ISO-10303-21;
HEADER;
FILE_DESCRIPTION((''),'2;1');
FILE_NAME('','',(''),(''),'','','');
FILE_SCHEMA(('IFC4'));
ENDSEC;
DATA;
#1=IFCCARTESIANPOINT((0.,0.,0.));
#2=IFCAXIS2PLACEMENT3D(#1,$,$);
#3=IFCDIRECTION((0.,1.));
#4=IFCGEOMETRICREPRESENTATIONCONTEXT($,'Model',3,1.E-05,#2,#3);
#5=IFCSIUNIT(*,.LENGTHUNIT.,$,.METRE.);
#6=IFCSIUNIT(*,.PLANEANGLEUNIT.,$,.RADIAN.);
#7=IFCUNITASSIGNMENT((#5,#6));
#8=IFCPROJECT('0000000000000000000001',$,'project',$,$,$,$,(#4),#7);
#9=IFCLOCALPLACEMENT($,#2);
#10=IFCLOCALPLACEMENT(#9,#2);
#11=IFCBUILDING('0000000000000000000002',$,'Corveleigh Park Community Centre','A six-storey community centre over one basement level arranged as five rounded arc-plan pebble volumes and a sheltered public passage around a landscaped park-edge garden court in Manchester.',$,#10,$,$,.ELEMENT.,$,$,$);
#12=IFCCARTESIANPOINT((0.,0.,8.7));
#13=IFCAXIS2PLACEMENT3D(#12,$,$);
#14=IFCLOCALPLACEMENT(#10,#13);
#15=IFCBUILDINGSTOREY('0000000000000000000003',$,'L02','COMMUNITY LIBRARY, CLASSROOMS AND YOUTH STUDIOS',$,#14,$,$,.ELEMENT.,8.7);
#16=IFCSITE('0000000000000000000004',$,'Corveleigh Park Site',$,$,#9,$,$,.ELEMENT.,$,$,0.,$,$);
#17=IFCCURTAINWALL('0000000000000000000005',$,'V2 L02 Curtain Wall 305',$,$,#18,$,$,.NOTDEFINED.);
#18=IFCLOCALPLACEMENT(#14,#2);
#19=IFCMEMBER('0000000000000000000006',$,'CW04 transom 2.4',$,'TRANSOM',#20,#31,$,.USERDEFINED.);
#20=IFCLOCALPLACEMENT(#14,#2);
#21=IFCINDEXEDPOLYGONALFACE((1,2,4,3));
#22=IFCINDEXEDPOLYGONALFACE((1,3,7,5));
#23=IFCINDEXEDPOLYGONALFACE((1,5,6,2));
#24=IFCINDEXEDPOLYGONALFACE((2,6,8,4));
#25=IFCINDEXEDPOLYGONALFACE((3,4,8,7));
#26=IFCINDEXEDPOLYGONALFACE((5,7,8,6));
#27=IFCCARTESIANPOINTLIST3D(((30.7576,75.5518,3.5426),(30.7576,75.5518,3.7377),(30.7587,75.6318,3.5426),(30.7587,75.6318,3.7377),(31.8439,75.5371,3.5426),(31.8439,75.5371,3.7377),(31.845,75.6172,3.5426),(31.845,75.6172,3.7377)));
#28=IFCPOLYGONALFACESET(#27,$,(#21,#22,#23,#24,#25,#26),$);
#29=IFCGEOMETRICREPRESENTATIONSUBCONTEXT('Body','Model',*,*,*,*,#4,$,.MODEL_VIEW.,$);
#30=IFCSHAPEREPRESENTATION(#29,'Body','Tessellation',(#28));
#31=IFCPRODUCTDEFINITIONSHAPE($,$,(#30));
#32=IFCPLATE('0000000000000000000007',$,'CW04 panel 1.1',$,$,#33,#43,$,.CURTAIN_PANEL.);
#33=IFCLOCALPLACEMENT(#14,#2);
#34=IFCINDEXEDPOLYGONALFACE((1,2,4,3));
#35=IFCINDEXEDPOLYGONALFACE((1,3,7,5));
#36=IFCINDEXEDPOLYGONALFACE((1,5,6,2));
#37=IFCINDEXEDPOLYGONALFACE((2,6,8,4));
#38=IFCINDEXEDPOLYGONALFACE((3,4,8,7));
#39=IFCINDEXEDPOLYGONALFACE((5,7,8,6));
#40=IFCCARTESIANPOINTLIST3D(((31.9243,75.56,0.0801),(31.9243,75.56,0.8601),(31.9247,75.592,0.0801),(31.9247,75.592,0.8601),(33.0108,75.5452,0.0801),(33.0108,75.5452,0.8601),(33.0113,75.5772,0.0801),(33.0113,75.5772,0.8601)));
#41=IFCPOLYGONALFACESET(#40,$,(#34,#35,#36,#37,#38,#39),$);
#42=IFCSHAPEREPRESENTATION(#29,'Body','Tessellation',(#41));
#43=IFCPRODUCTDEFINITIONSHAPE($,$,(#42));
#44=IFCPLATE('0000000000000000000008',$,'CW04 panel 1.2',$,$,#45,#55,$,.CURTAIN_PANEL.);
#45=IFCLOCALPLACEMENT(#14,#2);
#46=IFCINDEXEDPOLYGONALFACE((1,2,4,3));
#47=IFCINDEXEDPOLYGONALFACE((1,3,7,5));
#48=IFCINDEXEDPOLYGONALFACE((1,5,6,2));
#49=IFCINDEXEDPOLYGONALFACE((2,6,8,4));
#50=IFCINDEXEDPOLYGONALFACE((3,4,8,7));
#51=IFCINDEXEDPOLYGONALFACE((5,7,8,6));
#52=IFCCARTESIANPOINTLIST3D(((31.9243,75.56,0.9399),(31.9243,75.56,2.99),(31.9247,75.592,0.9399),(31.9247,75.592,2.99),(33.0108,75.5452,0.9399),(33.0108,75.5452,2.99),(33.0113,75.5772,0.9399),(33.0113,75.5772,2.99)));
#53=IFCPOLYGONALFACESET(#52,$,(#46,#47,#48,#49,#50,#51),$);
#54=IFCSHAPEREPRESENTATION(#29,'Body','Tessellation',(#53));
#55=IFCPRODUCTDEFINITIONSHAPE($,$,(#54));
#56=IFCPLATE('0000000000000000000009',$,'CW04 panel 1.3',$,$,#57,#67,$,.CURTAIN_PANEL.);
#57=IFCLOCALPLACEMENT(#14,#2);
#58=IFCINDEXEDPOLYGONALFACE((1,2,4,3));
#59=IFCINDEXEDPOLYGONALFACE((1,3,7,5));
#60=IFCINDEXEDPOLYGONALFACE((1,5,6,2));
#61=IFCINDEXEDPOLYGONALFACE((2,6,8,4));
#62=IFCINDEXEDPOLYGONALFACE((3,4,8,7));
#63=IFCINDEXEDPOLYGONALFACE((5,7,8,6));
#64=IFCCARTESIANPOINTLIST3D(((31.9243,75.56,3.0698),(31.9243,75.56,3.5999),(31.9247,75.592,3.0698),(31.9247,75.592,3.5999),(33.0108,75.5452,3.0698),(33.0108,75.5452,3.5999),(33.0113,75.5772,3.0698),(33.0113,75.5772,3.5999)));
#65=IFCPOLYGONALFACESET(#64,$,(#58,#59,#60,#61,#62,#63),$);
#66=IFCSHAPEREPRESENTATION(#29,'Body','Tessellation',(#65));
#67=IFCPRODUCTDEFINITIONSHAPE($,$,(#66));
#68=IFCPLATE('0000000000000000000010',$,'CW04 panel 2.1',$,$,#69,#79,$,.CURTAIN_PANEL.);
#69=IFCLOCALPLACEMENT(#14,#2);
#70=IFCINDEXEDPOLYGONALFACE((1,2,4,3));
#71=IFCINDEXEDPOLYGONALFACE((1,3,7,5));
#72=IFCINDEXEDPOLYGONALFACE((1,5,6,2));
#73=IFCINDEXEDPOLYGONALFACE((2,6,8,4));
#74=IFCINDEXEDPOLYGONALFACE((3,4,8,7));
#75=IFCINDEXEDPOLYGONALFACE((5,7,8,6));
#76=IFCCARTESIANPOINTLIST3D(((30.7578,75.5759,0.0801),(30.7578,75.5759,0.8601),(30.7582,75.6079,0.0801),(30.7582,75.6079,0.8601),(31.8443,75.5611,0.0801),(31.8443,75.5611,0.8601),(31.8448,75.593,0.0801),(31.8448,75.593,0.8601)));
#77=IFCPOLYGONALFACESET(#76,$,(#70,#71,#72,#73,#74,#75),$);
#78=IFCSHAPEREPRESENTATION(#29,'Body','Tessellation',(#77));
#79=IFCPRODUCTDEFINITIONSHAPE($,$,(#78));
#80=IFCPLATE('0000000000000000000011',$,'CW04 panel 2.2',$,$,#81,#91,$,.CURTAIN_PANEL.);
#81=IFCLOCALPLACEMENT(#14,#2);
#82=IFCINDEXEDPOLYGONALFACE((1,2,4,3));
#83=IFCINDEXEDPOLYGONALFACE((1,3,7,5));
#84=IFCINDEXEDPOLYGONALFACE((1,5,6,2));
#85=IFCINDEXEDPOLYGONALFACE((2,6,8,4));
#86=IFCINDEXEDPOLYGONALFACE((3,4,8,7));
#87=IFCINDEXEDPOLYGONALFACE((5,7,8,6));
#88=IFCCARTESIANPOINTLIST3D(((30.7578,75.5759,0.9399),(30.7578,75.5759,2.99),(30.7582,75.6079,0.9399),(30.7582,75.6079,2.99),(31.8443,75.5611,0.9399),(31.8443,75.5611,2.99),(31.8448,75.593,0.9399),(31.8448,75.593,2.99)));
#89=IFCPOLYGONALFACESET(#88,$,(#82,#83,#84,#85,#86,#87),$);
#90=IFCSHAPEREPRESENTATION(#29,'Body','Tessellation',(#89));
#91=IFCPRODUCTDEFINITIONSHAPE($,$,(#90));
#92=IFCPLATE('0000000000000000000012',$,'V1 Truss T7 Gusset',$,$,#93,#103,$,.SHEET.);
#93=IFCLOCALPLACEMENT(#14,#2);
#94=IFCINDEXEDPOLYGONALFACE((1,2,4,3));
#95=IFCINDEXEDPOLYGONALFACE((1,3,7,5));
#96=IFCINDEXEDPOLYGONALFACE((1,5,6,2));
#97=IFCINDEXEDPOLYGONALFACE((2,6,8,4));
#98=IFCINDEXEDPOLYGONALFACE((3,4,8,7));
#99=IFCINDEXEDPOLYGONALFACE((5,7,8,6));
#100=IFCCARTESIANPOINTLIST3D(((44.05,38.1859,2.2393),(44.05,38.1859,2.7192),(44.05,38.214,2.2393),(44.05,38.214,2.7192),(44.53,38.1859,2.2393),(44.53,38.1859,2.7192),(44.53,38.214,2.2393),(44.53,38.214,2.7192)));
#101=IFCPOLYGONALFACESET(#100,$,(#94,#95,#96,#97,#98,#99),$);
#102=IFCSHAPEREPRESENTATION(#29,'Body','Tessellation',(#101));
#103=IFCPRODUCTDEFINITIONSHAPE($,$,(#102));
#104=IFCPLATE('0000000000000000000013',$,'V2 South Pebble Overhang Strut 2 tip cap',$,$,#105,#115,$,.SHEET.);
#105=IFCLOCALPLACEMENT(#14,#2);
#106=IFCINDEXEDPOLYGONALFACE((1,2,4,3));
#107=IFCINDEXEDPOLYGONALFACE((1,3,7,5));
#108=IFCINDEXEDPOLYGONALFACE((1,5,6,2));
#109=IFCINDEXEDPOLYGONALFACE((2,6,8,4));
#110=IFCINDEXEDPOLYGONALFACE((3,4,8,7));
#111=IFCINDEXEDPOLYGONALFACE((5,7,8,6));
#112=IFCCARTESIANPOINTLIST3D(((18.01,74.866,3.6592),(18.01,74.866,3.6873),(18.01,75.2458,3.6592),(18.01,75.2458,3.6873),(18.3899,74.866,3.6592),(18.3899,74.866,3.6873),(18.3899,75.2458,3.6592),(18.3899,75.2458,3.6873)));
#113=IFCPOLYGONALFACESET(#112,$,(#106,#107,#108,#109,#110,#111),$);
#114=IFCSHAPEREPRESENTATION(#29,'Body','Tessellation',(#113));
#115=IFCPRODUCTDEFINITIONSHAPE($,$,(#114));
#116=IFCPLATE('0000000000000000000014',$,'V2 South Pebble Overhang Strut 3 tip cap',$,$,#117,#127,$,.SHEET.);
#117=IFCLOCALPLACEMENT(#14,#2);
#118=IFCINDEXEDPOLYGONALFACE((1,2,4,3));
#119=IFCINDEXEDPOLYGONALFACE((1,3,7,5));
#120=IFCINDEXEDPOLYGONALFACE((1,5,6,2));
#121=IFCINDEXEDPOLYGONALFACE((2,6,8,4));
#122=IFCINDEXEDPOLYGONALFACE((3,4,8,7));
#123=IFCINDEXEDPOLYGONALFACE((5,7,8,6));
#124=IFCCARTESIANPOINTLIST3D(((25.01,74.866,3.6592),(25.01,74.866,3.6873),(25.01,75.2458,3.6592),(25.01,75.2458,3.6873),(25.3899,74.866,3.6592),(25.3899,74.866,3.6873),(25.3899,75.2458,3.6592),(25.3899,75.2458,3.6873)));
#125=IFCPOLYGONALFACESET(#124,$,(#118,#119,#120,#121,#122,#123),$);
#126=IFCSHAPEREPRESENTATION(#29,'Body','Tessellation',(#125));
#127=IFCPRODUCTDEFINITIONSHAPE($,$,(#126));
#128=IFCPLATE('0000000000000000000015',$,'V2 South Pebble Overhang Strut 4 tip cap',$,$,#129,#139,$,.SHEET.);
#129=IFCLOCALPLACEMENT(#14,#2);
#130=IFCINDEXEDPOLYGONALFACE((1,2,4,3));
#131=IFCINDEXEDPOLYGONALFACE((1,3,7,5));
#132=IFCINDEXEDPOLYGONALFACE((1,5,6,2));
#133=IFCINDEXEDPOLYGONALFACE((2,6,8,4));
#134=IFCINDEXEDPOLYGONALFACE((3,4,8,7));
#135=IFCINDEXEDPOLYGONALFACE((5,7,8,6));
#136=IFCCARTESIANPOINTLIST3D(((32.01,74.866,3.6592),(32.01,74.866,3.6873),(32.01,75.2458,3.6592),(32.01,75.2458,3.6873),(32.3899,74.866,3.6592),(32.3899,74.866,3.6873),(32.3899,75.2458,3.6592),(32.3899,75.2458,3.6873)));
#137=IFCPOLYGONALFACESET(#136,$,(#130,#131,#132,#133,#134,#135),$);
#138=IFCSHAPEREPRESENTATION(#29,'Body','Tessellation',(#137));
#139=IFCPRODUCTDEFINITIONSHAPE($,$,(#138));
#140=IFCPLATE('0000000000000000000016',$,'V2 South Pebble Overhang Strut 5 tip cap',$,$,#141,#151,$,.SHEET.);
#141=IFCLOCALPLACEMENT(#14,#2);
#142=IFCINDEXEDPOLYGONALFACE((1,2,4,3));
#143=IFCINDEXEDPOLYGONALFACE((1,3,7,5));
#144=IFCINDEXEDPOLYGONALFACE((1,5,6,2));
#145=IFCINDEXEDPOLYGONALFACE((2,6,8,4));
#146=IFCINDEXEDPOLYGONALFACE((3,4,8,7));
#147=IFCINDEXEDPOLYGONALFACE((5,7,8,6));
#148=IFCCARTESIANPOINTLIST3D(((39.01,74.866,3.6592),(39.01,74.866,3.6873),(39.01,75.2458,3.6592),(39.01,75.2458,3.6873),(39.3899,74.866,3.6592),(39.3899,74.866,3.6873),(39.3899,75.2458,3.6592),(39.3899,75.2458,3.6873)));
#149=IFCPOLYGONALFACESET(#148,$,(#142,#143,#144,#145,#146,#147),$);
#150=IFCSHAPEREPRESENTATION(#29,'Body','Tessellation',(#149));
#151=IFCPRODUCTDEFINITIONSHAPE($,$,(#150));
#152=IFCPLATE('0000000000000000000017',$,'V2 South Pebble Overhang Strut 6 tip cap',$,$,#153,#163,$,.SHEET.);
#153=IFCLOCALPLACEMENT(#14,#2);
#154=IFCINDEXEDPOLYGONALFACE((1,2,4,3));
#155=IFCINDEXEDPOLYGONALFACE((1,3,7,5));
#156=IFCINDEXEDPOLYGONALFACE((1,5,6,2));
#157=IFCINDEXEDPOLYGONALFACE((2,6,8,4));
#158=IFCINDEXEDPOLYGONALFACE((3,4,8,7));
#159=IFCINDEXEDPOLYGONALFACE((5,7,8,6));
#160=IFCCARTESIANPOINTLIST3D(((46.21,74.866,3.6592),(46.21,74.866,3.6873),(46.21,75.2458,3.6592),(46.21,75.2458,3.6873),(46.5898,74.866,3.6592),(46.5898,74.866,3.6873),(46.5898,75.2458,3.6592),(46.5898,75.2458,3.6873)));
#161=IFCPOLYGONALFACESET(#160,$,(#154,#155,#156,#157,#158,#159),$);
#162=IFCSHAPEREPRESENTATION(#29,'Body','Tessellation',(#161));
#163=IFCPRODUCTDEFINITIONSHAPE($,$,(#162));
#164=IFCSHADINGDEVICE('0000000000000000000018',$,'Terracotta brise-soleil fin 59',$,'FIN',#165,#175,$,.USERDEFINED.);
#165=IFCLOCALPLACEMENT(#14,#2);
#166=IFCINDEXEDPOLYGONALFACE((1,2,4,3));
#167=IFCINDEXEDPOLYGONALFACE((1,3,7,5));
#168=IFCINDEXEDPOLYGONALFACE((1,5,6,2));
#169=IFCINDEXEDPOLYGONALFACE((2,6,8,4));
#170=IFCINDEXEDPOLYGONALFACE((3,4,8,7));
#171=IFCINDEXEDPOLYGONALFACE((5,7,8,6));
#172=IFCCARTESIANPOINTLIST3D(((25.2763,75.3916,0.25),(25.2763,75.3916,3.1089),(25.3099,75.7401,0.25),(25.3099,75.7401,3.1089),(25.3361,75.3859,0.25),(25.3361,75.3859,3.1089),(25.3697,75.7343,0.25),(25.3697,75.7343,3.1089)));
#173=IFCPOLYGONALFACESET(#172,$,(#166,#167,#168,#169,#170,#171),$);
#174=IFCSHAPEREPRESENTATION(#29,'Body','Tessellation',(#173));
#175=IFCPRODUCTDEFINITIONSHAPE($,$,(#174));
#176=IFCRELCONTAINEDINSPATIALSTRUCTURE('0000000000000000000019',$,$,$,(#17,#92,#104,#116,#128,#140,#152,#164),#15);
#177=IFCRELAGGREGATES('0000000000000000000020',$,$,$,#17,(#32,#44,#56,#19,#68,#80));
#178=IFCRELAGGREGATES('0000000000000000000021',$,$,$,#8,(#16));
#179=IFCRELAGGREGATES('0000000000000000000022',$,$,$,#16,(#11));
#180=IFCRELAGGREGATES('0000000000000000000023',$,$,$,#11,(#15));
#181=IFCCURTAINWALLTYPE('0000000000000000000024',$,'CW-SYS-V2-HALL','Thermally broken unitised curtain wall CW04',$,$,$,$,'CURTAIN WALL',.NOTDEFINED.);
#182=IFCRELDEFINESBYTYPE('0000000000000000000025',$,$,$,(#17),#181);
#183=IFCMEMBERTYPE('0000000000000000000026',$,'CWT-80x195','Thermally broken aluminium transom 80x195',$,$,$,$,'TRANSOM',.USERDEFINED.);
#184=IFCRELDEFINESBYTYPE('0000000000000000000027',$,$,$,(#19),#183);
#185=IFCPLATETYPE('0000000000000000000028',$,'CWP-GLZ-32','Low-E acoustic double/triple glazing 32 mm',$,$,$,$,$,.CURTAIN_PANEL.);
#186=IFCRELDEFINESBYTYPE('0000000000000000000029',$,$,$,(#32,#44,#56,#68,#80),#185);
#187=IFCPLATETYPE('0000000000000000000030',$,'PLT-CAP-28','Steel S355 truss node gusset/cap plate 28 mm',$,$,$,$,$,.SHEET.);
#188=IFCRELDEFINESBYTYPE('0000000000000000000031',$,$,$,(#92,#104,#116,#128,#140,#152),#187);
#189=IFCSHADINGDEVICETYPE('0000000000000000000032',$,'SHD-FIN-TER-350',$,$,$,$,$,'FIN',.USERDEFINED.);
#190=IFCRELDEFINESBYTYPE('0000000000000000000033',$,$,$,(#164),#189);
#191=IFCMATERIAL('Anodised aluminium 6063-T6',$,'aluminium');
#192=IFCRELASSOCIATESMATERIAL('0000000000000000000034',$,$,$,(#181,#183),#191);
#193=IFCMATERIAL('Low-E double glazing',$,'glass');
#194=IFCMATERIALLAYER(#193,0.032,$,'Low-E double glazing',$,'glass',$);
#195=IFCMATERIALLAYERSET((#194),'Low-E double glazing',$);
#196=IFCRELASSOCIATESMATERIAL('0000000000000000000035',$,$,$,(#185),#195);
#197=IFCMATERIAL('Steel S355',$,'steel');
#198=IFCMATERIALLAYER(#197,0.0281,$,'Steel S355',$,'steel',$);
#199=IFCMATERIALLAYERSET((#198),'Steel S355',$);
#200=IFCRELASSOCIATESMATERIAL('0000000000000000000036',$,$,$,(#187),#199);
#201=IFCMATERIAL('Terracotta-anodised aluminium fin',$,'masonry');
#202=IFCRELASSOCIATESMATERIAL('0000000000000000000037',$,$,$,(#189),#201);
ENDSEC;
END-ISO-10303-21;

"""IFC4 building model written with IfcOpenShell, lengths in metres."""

from ifc_helpers import new_model, si_unit, direction, frame, origin, origin_2d, place, context, subcontext, project, spatial, rectangle, extrude, material, layer, layer_set, material_profile, profile_set, type_object, element, aggregate, save


model = new_model("IFC4")

# Units and contexts
model_context = context("Model", 3, precision=1e-05, world=origin(), true_north=direction((0.0, 1.0)))
body_context = subcontext(model_context, "Body", "Model", "MODEL_VIEW")
ifc_project = project(units=[si_unit("LENGTHUNIT", "METRE"), si_unit("PLANEANGLEUNIT", "RADIAN")], contexts=[model_context])

# Site, building, storey
site_placement = place(None, origin())
site = spatial("IfcSite", under=ifc_project, at=site_placement, Name="Corveleigh Park Site", CompositionType="ELEMENT", RefElevation=0.0)
building_placement = place(site_placement, origin())
building = spatial("IfcBuilding", under=site, at=building_placement, Name="Corveleigh Park Community Centre", Description="A six-storey community centre over one basement level arranged as five rounded arc-plan pebble volumes and a sheltered public passage around a landscaped park-edge garden court in Manchester.", CompositionType="ELEMENT")
storey_placement = place(building_placement, frame((0.0, 0.0, 8.7)))
storey = spatial("IfcBuildingStorey", under=building, at=storey_placement, Name="L02", Description="COMMUNITY LIBRARY, CLASSROOMS AND YOUTH STUDIOS", CompositionType="ELEMENT", Elevation=8.7)

# Shared definitions
ifc_material_1 = material(Name="Anodised aluminium 6063-T6", Category="aluminium")

# Curtain wall
curtain_wall_type_1 = type_object("IfcCurtainWallType", Name="CW-SYS-V2-HALL", Description="Thermally broken unitised curtain wall CW04", ElementType="CURTAIN WALL", PredefinedType="NOTDEFINED", material=ifc_material_1)
curtain_wall_1_placement = place(storey_placement, origin())
curtain_wall_1 = element("IfcCurtainWall", 1, at=curtain_wall_1_placement, inside=storey, type_object=curtain_wall_type_1, Name="V2 L02 Curtain Wall 305", PredefinedType="NOTDEFINED")

# Member
ifc_material_profile_1 = material_profile(ifc_material_1, rectangle(XDim=0.0801, YDim=0.1951, at=origin_2d()), Name="ALU-T80x195", Category="aluminium")
ifc_profile_set_1 = profile_set([ifc_material_profile_1], Name="Anodised aluminium 6063-T6")
member_type_1 = type_object("IfcMemberType", Name="CWT-80x195", Description="Thermally broken aluminium transom 80x195", ElementType="TRANSOM", PredefinedType="USERDEFINED", material=ifc_profile_set_1)
member_1_placement = place(storey_placement, frame((31.8445, 75.5771, 3.6401), z_axis=(-0.999909, 0.013482, 0.0), x_axis=(-0.013482, -0.999909, 0.0)))
member_1 = element("IfcMember", 2, at=member_1_placement, type_object=member_type_1, Name="CW04 transom 2.4", ObjectType="TRANSOM", PredefinedType="USERDEFINED", context=body_context, shape_type="SweptSolid", body=[
    extrude(rectangle(XDim=0.0801, YDim=0.1951, at=origin_2d()), origin(), (0.0, 0.0, 1.0), 1.0864),
])

# Plates
ifc_material_2 = material(Name="Low-E double glazing", Category="glass")
ifc_layer_1 = layer(ifc_material_2, 0.032, Name="Low-E double glazing", Category="glass")
ifc_layer_set_1 = layer_set([ifc_layer_1], Name="Low-E double glazing")
plate_type_1 = type_object("IfcPlateType", Name="CWP-GLZ-32", Description="Low-E acoustic double/triple glazing 32 mm", PredefinedType="CURTAIN_PANEL", material=ifc_layer_set_1)
plate_1_placement = place(storey_placement, frame((32.4678, 75.5686, 0.0801), z_axis=(0.0, 0.0, 1.0), x_axis=(-0.999906, 0.013675, 0.0)))
plate_1 = element("IfcPlate", 3, at=plate_1_placement, type_object=plate_type_1, Name="CW04 panel 1.1", PredefinedType="CURTAIN_PANEL", context=body_context, shape_type="SweptSolid", body=[
    extrude(rectangle(XDim=1.0867, YDim=0.032, at=origin_2d()), origin(), (0.0, 0.0, 1.0), 0.78),
])
plate_2_placement = place(storey_placement, frame((32.4678, 75.5686, 0.9399), z_axis=(0.0, 0.0, 1.0), x_axis=(-0.999906, 0.013675, 0.0)))
plate_2 = element("IfcPlate", 4, at=plate_2_placement, type_object=plate_type_1, Name="CW04 panel 1.2", PredefinedType="CURTAIN_PANEL", context=body_context, shape_type="SweptSolid", body=[
    extrude(rectangle(XDim=1.0867, YDim=0.032, at=origin_2d()), origin(), (0.0, 0.0, 1.0), 2.05),
])
plate_3_placement = place(storey_placement, frame((32.4678, 75.5686, 3.0698), z_axis=(0.0, 0.0, 1.0), x_axis=(-0.999906, 0.013675, 0.0)))
plate_3 = element("IfcPlate", 5, at=plate_3_placement, type_object=plate_type_1, Name="CW04 panel 1.3", PredefinedType="CURTAIN_PANEL", context=body_context, shape_type="SweptSolid", body=[
    extrude(rectangle(XDim=1.0867, YDim=0.032, at=origin_2d()), origin(), (0.0, 0.0, 1.0), 0.53),
])
plate_4_placement = place(storey_placement, frame((31.3013, 75.5845, 0.0801), z_axis=(0.0, 0.0, 1.0), x_axis=(-0.999906, 0.013675, 0.0)))
plate_4 = element("IfcPlate", 6, at=plate_4_placement, type_object=plate_type_1, Name="CW04 panel 2.1", PredefinedType="CURTAIN_PANEL", context=body_context, shape_type="SweptSolid", body=[
    extrude(rectangle(XDim=1.0867, YDim=0.032, at=origin_2d()), origin(), (0.0, 0.0, 1.0), 0.78),
])
plate_5_placement = place(storey_placement, frame((31.3013, 75.5845, 0.9399), z_axis=(0.0, 0.0, 1.0), x_axis=(-0.999906, 0.013675, 0.0)))
plate_5 = element("IfcPlate", 7, at=plate_5_placement, type_object=plate_type_1, Name="CW04 panel 2.2", PredefinedType="CURTAIN_PANEL", context=body_context, shape_type="SweptSolid", body=[
    extrude(rectangle(XDim=1.0867, YDim=0.032, at=origin_2d()), origin(), (0.0, 0.0, 1.0), 2.05),
])
aggregate(curtain_wall_1, [plate_1, plate_2, plate_3, member_1, plate_4, plate_5])

# Plates
ifc_material_3 = material(Name="Steel S355", Category="steel")
ifc_layer_2 = layer(ifc_material_3, 0.0281, Name="Steel S355", Category="steel")
ifc_layer_set_2 = layer_set([ifc_layer_2], Name="Steel S355")
plate_type_2 = type_object("IfcPlateType", Name="PLT-CAP-28", Description="Steel S355 truss node gusset/cap plate 28 mm", PredefinedType="SHEET", material=ifc_layer_set_2)
plate_6_placement = place(storey_placement, frame((44.29, 38.2, 2.2393), z_axis=(0.0, 0.0, 1.0), x_axis=(1.0, 0.0, 0.0)))
element("IfcPlate", 8, at=plate_6_placement, inside=storey, type_object=plate_type_2, Name="V1 Truss T7 Gusset", PredefinedType="SHEET", context=body_context, shape_type="SweptSolid", body=[
    extrude(rectangle(XDim=0.48, YDim=0.0281, at=origin_2d()), origin(), (0.0, 0.0, 1.0), 0.48),
])
for number, where, z_axis, x_axis, name in (
    (9, (18.2, 75.0559, 3.6592), (0.0, 0.0, 1.0), (1.0, 0.0, 0.0), "V2 South Pebble Overhang Strut 2 tip cap"),
    (10, (25.2, 75.0559, 3.6592), (0.0, 0.0, 1.0), (1.0, 0.0, 0.0), "V2 South Pebble Overhang Strut 3 tip cap"),
    (11, (32.2, 75.0559, 3.6592), (0.0, 0.0, 1.0), (1.0, 0.0, 0.0), "V2 South Pebble Overhang Strut 4 tip cap"),
    (12, (39.2, 75.0559, 3.6592), (0.0, 0.0, 1.0), (1.0, 0.0, 0.0), "V2 South Pebble Overhang Strut 5 tip cap"),
    (13, (46.3999, 75.0559, 3.6592), (0.0, 0.0, 1.0), (1.0, 0.0, 0.0), "V2 South Pebble Overhang Strut 6 tip cap"),
):
    element("IfcPlate", number, at=place(storey_placement, frame(where, z_axis=z_axis, x_axis=x_axis)), inside=storey, type_object=plate_type_2, Name=name, PredefinedType="SHEET", context=body_context, shape_type="SweptSolid", body=[
        extrude(rectangle(XDim=0.3799, YDim=0.3799, at=origin_2d()), origin(), (0.0, 0.0, 1.0), 0.0281),
    ])

# Shading device
ifc_material_4 = material(Name="Terracotta-anodised aluminium fin", Category="masonry")
shading_device_type = type_object("IfcShadingDeviceType", Name="SHD-FIN-TER-350", ElementType="FIN", PredefinedType="USERDEFINED", material=ifc_material_4)
shading_device_placement = place(storey_placement, frame((25.323, 75.563, 0.25), z_axis=(0.0, 0.0, 1.0), x_axis=(-0.096139, -0.995368, 0.0)))
element("IfcShadingDevice", 14, at=shading_device_placement, inside=storey, type_object=shading_device_type, Name="Terracotta brise-soleil fin 59", ObjectType="FIN", PredefinedType="USERDEFINED", context=body_context, shape_type="SweptSolid", body=[
    extrude(rectangle(XDim=0.3501, YDim=0.0601, at=origin_2d()), origin(), (0.0, 0.0, 1.0), 2.8589),
])

save(model, "model.ifc")
